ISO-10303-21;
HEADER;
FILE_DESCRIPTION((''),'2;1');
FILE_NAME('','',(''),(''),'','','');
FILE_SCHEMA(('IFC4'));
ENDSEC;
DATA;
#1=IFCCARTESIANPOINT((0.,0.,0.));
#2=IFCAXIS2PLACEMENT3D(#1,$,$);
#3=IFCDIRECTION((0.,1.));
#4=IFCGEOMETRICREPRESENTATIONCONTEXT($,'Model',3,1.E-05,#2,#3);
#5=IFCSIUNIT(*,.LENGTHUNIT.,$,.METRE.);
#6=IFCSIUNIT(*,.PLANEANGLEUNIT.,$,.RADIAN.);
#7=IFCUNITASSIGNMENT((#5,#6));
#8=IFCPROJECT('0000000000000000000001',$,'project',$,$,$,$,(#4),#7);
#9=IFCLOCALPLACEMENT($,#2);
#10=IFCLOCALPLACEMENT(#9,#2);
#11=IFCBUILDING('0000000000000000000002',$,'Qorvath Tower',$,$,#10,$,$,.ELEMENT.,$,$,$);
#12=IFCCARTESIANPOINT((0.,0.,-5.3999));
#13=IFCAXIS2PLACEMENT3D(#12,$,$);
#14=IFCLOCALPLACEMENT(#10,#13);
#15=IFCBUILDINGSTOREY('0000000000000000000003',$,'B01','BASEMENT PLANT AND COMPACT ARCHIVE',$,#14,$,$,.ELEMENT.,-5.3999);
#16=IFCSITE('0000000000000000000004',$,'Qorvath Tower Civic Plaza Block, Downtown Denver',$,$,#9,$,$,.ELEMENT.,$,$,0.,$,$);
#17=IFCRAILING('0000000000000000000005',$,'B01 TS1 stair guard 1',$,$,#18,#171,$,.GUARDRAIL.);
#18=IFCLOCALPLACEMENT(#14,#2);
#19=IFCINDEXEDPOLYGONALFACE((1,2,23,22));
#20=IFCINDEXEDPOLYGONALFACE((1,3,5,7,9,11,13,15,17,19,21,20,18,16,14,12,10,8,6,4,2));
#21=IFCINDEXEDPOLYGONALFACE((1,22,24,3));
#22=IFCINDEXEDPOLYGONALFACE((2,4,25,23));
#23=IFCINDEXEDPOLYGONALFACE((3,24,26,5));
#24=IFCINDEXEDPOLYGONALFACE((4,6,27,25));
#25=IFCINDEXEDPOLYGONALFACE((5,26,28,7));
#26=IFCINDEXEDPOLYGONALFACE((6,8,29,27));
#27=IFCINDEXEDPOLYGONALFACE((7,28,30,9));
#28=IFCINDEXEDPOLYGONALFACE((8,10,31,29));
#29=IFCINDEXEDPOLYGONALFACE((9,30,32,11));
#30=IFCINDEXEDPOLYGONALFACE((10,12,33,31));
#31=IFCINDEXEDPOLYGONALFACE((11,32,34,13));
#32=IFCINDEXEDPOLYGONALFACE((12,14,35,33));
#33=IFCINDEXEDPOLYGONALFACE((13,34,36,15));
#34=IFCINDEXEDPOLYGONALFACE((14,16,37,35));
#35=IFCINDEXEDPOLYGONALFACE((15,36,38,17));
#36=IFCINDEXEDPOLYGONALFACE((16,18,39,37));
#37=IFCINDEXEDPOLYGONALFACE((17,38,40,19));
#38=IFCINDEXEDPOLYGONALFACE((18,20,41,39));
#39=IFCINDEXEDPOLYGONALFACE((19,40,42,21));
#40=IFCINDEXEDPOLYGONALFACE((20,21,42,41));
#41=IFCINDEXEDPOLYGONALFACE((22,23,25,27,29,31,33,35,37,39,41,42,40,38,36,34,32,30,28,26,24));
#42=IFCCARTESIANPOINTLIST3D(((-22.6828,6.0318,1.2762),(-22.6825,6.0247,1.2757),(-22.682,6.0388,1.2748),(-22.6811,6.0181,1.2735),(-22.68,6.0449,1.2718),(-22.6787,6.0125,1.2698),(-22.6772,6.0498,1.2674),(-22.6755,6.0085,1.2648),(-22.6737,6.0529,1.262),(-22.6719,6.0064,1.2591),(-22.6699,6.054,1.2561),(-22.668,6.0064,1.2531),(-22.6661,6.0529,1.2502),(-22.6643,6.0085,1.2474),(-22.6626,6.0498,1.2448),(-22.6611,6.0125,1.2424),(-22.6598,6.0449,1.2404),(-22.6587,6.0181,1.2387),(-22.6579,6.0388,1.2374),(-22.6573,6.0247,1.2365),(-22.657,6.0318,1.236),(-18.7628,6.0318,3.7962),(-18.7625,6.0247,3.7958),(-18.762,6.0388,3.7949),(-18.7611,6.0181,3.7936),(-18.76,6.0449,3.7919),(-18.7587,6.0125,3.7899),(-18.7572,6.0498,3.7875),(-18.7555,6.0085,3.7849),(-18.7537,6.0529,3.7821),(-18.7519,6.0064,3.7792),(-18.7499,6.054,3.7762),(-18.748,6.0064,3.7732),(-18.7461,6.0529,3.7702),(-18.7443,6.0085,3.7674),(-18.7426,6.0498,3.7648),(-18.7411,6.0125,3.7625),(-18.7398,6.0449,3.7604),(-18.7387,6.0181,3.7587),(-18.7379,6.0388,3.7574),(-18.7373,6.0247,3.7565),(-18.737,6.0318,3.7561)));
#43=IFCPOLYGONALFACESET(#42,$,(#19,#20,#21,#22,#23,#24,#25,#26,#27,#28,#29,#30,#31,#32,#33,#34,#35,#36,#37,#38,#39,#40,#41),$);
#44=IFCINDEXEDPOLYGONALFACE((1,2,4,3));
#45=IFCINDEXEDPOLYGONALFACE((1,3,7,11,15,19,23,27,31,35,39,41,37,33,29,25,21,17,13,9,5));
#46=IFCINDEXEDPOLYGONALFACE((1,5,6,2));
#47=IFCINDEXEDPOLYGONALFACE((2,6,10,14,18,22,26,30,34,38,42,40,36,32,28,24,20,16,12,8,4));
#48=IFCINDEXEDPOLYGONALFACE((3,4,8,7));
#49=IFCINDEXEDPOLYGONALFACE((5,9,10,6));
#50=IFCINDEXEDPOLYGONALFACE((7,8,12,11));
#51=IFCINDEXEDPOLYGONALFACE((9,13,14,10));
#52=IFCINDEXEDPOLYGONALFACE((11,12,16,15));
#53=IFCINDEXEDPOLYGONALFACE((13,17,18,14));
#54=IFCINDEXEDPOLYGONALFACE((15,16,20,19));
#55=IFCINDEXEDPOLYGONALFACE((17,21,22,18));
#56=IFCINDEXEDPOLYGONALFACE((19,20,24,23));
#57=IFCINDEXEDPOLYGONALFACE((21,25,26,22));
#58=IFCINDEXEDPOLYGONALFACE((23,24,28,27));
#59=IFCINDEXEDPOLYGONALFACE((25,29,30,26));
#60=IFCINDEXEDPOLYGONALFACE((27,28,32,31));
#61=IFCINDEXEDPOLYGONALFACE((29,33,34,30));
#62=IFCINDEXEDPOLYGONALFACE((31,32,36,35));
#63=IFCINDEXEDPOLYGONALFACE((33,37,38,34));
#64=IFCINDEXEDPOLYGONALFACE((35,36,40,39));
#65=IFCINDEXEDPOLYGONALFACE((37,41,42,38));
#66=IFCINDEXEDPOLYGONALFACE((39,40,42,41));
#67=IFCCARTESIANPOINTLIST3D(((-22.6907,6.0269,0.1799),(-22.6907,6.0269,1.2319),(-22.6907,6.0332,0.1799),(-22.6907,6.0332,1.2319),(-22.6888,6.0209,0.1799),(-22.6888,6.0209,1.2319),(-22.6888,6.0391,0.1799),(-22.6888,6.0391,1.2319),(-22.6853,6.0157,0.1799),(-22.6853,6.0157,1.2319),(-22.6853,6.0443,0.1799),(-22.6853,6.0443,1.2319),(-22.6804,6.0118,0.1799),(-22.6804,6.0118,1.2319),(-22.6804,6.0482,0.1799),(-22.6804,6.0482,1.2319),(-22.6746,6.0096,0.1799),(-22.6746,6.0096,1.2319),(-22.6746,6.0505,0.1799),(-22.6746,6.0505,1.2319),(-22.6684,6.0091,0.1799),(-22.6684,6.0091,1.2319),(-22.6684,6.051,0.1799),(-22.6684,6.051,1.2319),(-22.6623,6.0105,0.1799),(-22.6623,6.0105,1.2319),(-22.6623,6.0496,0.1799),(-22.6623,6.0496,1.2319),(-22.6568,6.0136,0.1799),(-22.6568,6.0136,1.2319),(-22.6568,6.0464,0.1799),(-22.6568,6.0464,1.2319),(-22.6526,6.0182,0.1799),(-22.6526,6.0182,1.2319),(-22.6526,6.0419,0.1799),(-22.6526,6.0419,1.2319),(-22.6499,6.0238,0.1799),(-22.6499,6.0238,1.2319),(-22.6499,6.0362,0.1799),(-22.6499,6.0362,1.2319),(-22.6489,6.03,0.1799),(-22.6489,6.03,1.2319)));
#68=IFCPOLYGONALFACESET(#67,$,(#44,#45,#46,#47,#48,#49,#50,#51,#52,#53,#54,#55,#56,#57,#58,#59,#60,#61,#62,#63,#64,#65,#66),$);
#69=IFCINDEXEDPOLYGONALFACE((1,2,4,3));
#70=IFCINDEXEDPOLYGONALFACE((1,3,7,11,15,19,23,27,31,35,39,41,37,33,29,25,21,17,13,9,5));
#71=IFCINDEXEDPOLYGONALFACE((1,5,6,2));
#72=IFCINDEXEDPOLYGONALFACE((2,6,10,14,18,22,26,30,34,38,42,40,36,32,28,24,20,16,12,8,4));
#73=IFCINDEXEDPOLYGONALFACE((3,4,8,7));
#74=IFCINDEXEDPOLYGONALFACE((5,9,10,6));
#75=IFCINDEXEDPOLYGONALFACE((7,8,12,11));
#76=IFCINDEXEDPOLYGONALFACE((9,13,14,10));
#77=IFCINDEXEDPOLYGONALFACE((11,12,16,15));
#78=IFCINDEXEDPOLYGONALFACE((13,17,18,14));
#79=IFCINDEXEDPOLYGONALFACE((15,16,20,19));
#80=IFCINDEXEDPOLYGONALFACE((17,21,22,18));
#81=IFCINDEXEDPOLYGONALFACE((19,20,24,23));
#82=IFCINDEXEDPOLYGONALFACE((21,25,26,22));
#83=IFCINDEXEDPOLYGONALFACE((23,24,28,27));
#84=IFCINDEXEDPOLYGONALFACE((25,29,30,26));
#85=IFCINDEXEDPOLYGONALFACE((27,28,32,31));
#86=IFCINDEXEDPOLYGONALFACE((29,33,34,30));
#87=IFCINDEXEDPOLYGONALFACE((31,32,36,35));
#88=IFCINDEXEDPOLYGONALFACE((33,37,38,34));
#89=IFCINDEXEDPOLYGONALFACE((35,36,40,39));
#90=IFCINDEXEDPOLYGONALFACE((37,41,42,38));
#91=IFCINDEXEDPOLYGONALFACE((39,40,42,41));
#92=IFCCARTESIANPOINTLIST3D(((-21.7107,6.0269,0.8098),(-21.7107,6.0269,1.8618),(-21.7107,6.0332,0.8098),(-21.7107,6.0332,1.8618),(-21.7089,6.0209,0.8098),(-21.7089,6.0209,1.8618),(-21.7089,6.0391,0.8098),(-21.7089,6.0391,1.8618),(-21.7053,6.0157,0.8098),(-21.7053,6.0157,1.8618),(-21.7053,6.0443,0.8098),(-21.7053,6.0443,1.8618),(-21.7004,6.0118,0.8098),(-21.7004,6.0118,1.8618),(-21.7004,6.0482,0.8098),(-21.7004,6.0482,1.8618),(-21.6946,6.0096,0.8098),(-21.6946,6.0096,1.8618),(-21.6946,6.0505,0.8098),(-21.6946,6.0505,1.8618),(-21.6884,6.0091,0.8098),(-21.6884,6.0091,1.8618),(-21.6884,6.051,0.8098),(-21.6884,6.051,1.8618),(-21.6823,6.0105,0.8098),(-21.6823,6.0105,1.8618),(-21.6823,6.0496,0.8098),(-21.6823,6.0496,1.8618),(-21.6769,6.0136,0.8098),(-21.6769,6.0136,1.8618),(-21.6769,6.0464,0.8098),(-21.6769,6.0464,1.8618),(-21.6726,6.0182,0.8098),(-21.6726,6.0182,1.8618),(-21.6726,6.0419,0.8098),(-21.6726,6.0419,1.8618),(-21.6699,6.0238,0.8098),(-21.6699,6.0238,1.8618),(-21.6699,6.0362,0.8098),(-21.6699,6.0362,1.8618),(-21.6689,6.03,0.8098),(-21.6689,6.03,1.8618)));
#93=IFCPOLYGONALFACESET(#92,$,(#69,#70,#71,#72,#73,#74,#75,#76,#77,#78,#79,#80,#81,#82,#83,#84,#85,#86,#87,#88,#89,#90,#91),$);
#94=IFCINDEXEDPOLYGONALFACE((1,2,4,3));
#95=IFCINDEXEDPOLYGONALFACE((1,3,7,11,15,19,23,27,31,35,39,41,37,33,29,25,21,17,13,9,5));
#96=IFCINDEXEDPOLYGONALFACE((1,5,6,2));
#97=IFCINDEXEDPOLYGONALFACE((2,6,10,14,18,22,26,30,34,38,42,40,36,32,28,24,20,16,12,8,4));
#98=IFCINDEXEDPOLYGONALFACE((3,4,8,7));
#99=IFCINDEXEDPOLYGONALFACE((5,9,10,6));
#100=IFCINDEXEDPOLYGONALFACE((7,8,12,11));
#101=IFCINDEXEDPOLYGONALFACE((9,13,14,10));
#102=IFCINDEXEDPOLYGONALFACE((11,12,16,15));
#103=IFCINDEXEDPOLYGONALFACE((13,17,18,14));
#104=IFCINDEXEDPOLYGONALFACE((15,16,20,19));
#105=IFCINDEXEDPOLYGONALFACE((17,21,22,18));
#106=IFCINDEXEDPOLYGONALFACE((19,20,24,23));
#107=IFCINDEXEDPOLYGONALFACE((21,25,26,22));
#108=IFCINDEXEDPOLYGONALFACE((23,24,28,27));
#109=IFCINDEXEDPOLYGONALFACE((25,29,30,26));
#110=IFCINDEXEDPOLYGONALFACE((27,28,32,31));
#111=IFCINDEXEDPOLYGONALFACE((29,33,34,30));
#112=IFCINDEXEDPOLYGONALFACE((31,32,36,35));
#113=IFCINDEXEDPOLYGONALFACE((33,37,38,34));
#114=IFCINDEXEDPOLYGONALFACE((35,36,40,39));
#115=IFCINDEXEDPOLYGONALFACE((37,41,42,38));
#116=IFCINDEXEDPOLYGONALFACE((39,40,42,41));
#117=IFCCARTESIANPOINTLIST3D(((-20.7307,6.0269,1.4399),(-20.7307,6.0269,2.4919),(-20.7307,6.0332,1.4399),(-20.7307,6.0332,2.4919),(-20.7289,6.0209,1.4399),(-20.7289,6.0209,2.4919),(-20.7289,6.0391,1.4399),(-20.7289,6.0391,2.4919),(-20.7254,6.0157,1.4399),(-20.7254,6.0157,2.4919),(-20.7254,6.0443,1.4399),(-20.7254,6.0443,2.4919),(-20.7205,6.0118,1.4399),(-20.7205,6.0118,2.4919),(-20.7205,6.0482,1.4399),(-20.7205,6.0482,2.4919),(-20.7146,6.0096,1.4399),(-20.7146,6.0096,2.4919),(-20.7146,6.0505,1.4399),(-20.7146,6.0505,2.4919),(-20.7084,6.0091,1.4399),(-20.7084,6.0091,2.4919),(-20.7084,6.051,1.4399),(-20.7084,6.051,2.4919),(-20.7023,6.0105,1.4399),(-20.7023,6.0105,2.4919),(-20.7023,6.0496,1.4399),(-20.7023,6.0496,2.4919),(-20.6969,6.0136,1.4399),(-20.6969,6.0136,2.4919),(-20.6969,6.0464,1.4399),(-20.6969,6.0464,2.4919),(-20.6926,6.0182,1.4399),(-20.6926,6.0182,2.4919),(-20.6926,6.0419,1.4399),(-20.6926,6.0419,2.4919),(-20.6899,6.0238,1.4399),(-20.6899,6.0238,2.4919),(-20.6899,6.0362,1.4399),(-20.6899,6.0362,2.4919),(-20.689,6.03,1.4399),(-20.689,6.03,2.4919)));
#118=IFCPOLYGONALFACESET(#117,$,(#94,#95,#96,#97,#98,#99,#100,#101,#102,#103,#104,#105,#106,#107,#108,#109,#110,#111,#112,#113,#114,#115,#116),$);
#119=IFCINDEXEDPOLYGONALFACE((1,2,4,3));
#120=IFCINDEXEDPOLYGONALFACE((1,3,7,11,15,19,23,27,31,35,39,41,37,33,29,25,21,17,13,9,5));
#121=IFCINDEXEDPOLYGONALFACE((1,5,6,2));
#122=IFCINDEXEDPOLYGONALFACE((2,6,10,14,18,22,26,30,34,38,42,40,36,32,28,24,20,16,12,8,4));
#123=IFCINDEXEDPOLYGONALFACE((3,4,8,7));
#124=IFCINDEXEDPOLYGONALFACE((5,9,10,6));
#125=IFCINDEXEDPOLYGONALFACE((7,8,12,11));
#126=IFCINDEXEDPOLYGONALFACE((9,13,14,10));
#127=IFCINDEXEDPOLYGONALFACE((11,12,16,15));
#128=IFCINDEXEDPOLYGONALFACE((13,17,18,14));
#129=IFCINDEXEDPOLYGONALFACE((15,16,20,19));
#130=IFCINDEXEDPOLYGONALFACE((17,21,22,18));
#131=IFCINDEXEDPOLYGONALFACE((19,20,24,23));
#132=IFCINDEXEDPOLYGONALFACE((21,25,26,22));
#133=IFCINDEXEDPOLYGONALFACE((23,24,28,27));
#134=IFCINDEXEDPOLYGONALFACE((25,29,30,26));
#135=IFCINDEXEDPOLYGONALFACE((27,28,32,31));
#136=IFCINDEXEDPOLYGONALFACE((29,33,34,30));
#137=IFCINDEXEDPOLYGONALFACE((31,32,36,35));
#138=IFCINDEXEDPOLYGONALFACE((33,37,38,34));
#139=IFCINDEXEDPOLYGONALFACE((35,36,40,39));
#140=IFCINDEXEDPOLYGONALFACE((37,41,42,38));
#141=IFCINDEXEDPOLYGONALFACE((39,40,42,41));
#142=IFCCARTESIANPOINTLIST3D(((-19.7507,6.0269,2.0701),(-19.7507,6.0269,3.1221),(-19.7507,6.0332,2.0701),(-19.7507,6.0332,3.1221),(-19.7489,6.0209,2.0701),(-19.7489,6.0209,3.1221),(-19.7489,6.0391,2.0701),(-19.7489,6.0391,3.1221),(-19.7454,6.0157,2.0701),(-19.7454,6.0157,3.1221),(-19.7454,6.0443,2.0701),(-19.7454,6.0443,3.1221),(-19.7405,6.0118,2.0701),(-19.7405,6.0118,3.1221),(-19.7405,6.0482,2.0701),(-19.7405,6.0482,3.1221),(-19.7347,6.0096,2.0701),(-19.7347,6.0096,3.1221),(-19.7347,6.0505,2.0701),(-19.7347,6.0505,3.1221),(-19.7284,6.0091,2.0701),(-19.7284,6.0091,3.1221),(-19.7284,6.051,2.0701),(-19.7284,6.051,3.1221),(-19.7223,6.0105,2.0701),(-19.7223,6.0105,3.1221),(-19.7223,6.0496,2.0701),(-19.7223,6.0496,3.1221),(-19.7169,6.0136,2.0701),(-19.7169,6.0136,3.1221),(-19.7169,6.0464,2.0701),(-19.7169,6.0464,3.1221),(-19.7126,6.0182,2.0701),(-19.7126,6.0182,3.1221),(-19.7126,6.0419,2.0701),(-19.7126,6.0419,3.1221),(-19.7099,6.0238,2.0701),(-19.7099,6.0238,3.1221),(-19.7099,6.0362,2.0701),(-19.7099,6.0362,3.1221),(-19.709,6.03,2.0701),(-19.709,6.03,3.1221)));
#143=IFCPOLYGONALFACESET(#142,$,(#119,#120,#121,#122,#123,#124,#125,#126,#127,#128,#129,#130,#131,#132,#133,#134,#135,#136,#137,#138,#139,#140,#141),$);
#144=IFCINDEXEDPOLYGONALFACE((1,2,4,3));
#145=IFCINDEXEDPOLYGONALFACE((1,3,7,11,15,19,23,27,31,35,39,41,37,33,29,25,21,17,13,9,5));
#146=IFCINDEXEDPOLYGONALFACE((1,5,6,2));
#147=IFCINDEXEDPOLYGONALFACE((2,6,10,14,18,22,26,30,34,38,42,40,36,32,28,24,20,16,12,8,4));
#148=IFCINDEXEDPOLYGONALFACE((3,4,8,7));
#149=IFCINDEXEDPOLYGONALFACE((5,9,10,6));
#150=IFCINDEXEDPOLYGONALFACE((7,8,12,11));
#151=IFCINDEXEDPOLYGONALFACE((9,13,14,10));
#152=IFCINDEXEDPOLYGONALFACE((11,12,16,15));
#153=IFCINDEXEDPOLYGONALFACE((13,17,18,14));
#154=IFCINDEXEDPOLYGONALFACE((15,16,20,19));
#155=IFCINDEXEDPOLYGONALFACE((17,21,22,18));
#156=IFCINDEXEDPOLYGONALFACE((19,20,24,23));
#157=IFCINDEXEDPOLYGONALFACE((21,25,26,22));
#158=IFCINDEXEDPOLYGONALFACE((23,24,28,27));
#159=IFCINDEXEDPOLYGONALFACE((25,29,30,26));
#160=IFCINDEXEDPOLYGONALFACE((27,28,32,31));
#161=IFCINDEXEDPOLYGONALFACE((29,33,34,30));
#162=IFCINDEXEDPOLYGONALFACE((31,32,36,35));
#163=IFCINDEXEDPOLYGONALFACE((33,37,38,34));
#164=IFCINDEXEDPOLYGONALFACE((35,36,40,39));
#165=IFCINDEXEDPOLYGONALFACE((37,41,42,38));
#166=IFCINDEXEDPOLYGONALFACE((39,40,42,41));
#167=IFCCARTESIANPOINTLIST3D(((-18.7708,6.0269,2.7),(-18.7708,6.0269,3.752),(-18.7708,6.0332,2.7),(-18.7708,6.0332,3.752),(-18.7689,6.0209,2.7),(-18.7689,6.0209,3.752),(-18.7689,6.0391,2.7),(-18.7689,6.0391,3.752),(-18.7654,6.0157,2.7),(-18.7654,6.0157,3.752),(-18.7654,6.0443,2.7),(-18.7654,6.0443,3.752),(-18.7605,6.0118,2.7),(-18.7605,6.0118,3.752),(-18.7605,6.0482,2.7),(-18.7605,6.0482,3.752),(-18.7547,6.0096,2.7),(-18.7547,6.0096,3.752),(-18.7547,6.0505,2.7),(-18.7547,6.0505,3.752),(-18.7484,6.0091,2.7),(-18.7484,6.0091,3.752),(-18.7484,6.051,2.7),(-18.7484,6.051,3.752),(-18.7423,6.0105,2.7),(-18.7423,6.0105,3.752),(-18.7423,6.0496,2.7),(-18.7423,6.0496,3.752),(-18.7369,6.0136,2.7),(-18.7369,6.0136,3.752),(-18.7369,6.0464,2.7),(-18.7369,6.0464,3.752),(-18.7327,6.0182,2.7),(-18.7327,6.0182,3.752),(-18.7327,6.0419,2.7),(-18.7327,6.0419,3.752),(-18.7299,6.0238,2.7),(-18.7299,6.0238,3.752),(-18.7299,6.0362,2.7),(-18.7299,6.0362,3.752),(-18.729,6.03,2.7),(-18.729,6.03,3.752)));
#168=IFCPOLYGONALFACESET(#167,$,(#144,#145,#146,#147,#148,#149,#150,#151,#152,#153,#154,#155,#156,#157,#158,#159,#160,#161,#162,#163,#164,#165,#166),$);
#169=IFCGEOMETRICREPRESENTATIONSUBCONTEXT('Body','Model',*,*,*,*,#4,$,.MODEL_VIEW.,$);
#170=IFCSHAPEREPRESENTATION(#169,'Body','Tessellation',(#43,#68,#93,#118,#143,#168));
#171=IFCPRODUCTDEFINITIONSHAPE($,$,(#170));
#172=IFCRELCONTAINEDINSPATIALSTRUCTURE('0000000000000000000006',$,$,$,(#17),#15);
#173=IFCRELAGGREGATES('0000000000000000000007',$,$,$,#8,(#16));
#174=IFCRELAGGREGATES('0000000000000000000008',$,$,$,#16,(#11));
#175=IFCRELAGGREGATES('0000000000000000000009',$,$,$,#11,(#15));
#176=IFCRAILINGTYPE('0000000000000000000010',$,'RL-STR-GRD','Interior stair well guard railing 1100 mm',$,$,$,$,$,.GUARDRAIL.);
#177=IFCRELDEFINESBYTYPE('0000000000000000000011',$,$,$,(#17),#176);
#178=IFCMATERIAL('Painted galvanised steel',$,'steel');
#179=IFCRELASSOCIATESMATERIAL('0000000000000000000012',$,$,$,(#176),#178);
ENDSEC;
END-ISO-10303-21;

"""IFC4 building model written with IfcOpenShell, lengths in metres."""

from ifc_helpers import new_model, si_unit, direction, frame, origin, origin_2d, place, context, subcontext, project, spatial, circle, extrude, material, type_object, element, save


model = new_model("IFC4")

# Units and contexts
model_context = context("Model", 3, precision=1e-05, world=origin(), true_north=direction((0.0, 1.0)))
body_context = subcontext(model_context, "Body", "Model", "MODEL_VIEW")
ifc_project = project(units=[si_unit("LENGTHUNIT", "METRE"), si_unit("PLANEANGLEUNIT", "RADIAN")], contexts=[model_context])

# Site, building, storey
site_placement = place(None, origin())
site = spatial("IfcSite", under=ifc_project, at=site_placement, Name="Qorvath Tower Civic Plaza Block, Downtown Denver", CompositionType="ELEMENT", RefElevation=0.0)
building_placement = place(site_placement, origin())
building = spatial("IfcBuilding", under=site, at=building_placement, Name="Qorvath Tower", CompositionType="ELEMENT")
storey_placement = place(building_placement, frame((0.0, 0.0, -5.3999)))
storey = spatial("IfcBuildingStorey", under=building, at=storey_placement, Name="B01", Description="BASEMENT PLANT AND COMPACT ARCHIVE", CompositionType="ELEMENT", Elevation=-5.3999)

# Railing
ifc_material_1 = material(Name="Painted galvanised steel", Category="steel")
railing_type_1 = type_object("IfcRailingType", Name="RL-STR-GRD", Description="Interior stair well guard railing 1100 mm", PredefinedType="GUARDRAIL", material=ifc_material_1)
railing_1_placement = place(storey_placement, frame((-22.6699, 6.03, 0.1799)))
element("IfcRailing", 1, at=railing_1_placement, inside=storey, type_object=railing_type_1, Name="B01 TS1 stair guard 1", PredefinedType="GUARDRAIL", context=body_context, shape_type="SweptSolid", body=[
    extrude(circle(Radius=0.0239, at=origin_2d()), frame((0.0, 0.0, 1.0762), z_axis=(0.841172, 0.0, 0.540768), x_axis=(0.0, 1.0, 0.0)), (0.0, 0.0, 1.0), 4.6602),
    extrude(circle(Radius=0.021, at=origin_2d()), origin(), (0.0, 0.0, 1.0), 1.052),
    extrude(circle(Radius=0.021, at=origin_2d()), frame((0.98, 0.0, 0.6299)), (0.0, 0.0, 1.0), 1.052),
    extrude(circle(Radius=0.021, at=origin_2d()), frame((1.96, 0.0, 1.26)), (0.0, 0.0, 1.0), 1.052),
    extrude(circle(Radius=0.021, at=origin_2d()), frame((2.9399, 0.0, 1.8901)), (0.0, 0.0, 1.0), 1.052),
    extrude(circle(Radius=0.021, at=origin_2d()), frame((3.9199, 0.0, 2.52)), (0.0, 0.0, 1.0), 1.052),
])

save(model, "model.ifc")
